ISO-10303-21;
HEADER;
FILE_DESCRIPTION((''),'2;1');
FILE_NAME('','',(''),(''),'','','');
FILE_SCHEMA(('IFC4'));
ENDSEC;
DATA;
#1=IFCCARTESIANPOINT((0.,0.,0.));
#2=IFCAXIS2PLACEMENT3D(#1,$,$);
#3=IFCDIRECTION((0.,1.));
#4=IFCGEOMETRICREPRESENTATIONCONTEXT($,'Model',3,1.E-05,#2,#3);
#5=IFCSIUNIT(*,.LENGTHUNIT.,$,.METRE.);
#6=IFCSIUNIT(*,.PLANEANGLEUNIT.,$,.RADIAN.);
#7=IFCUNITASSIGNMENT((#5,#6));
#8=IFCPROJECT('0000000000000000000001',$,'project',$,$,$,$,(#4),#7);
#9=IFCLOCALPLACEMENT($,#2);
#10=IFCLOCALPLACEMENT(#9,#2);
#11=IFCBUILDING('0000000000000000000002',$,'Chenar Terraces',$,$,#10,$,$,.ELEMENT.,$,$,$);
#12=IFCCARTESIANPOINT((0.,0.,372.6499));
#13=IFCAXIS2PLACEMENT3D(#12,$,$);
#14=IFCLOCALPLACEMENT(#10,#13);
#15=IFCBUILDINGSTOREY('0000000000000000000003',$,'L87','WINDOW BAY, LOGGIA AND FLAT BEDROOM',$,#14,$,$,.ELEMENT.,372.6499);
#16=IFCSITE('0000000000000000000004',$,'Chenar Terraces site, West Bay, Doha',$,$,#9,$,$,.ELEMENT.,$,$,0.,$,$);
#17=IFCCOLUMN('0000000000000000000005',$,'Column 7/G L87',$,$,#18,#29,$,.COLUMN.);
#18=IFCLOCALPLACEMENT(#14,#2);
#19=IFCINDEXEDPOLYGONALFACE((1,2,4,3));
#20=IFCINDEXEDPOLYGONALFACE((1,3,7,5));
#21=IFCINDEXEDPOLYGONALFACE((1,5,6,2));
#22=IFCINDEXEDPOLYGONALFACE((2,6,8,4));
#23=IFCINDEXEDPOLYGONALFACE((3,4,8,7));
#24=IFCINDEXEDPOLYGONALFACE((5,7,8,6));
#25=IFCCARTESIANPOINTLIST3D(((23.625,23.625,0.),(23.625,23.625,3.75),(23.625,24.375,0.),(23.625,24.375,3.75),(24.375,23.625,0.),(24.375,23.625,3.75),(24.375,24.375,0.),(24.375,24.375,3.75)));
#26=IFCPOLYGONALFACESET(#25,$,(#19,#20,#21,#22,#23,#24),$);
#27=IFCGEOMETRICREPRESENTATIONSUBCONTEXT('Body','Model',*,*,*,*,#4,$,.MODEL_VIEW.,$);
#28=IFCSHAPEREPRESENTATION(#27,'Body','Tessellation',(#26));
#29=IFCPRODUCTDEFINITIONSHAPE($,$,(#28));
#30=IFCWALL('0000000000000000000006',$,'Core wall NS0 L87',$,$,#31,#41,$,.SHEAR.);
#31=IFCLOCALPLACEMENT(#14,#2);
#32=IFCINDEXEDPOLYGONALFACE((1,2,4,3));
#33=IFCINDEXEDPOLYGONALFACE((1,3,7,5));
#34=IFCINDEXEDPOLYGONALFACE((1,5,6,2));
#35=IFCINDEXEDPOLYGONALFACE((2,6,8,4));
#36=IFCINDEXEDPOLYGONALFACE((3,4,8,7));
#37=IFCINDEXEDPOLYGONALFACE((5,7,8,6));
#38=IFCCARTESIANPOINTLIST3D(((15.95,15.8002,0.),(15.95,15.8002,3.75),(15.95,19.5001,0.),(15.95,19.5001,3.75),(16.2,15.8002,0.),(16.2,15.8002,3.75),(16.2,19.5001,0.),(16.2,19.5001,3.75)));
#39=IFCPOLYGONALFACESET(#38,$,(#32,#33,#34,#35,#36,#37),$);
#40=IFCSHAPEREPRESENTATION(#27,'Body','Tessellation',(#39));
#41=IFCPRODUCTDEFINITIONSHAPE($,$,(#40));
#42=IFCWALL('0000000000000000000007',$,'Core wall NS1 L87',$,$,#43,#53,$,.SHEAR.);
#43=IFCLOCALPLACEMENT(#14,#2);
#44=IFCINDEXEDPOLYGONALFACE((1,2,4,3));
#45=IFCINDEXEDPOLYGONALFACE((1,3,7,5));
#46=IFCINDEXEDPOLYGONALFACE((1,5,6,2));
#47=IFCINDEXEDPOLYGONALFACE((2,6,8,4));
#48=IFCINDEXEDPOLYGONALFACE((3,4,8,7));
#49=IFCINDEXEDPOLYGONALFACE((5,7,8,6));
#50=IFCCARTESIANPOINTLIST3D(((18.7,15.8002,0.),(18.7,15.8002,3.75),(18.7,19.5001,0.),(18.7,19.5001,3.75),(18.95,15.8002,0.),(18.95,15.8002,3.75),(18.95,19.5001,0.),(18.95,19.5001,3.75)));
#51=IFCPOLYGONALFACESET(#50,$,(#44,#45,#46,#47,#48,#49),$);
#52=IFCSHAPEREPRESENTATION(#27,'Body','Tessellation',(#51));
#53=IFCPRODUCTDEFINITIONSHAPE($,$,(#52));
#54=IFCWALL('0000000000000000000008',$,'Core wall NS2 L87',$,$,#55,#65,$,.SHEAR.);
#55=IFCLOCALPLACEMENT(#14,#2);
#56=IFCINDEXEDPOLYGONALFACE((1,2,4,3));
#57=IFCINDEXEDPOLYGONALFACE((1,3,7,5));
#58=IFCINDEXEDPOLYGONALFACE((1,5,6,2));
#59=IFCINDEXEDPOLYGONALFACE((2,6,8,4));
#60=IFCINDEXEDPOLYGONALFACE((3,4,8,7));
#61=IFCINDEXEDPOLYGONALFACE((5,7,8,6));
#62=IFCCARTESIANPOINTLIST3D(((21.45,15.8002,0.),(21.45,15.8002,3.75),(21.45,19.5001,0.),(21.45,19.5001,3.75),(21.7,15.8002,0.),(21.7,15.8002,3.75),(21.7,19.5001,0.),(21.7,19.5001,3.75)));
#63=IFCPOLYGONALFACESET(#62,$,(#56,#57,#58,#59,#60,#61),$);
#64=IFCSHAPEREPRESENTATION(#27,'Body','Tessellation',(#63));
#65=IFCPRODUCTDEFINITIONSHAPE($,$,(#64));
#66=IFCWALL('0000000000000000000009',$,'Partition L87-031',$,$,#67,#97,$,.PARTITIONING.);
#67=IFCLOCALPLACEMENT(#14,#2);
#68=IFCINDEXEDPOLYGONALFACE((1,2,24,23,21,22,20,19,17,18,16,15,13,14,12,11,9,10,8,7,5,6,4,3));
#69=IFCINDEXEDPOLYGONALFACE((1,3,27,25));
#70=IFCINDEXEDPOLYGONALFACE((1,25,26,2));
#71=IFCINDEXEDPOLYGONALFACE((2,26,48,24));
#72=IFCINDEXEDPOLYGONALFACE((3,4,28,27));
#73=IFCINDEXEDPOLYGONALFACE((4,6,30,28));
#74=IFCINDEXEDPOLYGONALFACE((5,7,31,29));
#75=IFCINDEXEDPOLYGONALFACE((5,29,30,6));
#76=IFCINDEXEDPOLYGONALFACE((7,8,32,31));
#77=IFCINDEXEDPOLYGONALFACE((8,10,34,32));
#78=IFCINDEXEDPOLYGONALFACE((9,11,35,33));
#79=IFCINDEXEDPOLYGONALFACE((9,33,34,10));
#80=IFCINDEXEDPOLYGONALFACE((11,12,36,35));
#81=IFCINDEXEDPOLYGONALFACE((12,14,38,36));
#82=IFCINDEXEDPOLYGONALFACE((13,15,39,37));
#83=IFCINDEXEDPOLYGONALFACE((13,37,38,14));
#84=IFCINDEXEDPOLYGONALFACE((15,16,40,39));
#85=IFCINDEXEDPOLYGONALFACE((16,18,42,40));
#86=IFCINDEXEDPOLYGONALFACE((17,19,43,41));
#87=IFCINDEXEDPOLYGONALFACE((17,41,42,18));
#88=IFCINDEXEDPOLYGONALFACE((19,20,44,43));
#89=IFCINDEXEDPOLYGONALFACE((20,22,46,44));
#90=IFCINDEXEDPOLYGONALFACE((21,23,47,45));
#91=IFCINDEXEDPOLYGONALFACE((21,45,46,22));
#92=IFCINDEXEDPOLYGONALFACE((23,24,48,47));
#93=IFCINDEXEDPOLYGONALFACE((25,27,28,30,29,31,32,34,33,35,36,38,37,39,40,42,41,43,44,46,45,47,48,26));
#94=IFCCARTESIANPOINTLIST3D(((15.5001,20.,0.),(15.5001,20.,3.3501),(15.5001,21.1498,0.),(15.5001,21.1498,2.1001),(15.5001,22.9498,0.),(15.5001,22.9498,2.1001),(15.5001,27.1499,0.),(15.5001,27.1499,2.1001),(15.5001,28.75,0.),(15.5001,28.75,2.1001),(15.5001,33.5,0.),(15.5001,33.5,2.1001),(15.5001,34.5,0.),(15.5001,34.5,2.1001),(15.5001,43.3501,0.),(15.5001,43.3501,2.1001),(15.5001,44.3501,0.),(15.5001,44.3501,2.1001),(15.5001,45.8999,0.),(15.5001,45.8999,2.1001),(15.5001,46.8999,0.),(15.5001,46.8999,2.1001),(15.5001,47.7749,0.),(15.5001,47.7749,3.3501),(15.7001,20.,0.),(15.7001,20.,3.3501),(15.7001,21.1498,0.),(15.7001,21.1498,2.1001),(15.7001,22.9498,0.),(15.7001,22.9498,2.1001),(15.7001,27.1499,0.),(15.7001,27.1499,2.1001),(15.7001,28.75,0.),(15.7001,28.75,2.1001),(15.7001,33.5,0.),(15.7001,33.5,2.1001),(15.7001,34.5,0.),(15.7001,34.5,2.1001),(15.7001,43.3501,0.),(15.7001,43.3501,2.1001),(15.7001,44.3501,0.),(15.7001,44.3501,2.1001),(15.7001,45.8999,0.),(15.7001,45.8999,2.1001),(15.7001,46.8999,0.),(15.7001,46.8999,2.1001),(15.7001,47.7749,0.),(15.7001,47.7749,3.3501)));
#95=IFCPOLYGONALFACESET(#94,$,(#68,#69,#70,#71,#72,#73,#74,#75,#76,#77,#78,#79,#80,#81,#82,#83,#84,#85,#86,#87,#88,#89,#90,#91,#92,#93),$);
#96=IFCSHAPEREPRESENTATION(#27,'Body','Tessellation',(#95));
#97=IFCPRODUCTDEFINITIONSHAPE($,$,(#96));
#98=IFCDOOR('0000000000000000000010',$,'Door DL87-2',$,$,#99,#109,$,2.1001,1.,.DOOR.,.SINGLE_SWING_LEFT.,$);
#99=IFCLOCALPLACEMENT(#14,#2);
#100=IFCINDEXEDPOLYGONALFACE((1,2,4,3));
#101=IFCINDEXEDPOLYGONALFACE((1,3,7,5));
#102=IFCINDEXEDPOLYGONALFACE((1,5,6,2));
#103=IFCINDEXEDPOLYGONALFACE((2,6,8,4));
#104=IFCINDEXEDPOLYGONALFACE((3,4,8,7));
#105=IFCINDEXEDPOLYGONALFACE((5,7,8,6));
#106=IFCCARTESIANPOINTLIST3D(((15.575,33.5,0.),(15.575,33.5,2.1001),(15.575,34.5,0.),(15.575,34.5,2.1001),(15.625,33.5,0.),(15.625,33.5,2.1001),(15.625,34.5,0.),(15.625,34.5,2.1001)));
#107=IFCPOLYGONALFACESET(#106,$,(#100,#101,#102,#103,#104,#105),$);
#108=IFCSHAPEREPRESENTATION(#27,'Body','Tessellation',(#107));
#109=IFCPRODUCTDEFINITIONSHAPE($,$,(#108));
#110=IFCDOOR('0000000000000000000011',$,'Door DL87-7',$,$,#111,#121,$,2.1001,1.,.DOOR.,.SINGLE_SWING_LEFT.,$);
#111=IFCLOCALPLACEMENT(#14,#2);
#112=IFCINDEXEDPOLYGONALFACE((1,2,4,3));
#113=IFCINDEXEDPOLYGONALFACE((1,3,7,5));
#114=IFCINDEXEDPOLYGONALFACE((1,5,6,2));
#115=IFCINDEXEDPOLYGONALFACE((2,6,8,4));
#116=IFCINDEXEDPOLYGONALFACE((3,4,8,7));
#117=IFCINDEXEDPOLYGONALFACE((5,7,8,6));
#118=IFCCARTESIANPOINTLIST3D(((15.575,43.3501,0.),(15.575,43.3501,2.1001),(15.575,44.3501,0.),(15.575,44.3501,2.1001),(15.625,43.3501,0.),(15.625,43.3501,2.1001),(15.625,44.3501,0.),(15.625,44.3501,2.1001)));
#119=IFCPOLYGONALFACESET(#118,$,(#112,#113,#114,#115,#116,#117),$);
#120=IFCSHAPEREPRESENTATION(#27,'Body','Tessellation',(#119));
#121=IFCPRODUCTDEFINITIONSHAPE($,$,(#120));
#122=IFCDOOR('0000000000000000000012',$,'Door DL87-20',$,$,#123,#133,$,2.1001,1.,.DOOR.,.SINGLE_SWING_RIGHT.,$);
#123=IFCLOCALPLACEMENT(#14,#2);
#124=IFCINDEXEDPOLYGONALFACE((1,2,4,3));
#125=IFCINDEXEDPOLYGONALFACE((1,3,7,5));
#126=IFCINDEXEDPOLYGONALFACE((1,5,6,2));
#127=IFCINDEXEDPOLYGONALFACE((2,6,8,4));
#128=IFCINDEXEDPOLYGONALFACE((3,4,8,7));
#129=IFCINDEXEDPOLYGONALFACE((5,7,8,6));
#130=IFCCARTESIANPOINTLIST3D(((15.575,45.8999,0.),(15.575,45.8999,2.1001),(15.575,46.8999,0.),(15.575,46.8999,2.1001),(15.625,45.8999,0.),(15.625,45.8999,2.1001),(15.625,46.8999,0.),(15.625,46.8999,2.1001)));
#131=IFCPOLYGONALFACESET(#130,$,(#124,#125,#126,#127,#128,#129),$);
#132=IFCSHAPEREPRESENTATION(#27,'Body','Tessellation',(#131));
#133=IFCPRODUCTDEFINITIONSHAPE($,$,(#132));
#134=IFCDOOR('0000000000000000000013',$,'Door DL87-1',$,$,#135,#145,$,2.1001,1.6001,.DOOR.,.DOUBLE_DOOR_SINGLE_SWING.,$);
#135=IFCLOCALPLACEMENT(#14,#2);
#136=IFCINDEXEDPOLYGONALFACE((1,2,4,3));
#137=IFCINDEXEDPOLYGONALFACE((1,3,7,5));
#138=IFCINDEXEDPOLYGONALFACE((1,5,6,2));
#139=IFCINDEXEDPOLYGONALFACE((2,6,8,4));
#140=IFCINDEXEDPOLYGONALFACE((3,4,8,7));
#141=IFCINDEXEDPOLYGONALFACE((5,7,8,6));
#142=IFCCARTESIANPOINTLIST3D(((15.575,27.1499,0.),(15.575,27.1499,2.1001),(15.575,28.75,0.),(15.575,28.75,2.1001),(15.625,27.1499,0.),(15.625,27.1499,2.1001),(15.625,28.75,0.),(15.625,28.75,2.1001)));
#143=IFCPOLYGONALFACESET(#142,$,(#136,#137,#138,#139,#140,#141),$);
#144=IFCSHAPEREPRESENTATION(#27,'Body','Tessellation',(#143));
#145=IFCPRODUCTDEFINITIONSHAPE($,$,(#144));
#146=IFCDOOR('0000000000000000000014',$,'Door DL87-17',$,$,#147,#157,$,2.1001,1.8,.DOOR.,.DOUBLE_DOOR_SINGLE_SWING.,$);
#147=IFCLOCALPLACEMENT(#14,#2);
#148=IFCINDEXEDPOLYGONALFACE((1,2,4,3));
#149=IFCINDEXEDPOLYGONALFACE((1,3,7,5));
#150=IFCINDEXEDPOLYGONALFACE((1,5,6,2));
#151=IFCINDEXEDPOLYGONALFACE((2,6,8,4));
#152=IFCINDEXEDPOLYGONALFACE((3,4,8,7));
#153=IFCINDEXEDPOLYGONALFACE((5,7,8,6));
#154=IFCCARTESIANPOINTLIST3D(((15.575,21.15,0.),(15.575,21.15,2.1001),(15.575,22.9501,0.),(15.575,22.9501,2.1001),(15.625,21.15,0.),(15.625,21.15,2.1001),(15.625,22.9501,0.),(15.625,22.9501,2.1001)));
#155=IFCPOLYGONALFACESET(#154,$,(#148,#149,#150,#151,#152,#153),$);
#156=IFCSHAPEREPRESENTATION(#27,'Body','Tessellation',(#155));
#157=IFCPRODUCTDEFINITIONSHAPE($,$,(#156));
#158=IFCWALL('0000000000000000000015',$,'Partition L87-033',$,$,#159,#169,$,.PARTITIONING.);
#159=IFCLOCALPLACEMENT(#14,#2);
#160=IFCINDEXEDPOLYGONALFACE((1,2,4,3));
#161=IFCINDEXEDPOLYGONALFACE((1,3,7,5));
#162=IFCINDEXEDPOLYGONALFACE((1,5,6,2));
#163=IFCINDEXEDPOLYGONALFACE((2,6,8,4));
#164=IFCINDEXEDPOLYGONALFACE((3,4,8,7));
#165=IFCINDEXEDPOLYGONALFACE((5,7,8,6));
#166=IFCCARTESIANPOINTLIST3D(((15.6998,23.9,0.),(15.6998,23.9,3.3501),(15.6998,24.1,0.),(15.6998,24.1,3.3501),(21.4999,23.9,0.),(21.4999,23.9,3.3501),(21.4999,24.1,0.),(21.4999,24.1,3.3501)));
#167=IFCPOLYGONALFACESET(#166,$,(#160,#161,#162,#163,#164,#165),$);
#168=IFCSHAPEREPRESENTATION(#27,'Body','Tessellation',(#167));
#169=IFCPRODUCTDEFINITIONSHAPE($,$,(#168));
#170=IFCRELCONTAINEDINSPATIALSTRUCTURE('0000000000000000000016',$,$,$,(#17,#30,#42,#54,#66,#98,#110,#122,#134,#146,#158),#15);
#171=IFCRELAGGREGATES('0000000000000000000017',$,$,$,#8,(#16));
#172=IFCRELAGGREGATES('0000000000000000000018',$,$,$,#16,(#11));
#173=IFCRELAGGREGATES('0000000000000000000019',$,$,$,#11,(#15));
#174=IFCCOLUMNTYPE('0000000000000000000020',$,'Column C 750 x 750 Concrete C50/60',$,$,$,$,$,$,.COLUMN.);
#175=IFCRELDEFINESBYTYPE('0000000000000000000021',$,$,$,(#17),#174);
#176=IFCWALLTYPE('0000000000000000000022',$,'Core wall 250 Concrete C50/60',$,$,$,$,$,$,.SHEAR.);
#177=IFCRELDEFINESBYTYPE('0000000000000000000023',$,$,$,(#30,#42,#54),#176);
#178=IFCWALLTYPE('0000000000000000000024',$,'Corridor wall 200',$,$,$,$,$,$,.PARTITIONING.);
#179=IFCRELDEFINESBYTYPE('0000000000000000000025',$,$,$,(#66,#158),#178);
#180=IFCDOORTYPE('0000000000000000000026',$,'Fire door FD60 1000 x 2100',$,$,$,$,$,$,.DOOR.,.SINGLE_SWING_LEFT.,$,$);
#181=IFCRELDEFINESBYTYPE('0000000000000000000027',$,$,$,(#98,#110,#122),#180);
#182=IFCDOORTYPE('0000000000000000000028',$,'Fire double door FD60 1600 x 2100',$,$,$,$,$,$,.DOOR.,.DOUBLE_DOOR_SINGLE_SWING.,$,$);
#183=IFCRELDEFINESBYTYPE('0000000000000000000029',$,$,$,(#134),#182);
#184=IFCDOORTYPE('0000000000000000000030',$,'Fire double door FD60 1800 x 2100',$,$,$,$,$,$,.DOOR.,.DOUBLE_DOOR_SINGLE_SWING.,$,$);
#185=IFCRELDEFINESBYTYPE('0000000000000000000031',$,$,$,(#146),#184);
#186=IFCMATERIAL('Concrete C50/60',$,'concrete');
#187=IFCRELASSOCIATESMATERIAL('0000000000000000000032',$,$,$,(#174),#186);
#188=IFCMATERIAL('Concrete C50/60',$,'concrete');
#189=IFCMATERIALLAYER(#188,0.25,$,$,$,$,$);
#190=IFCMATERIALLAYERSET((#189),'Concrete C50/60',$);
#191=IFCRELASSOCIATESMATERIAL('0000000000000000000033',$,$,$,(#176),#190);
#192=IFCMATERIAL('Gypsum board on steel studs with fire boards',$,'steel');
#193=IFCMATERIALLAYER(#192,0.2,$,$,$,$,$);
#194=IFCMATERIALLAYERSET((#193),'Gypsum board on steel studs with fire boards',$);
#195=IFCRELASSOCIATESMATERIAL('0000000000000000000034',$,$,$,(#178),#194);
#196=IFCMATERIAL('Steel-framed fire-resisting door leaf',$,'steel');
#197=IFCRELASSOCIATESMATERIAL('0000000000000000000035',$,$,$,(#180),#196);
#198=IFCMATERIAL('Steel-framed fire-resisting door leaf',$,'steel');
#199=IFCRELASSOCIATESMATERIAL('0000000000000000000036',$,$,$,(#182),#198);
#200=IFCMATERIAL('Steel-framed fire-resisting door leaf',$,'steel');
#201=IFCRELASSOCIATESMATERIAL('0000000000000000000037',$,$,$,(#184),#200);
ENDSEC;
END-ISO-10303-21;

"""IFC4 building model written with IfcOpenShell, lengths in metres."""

from ifc_helpers import new_model, si_unit, direction, frame, frame_2d, origin, origin_2d, place, context, subcontext, project, spatial, rectangle, extrude, material, layer, layer_set, material_profile, profile_set, type_object, element, fill, save


model = new_model("IFC4")

# Units and contexts
model_context = context("Model", 3, precision=1e-05, world=origin(), true_north=direction((0.0, 1.0)))
body_context = subcontext(model_context, "Body", "Model", "MODEL_VIEW")
ifc_project = project(units=[si_unit("LENGTHUNIT", "METRE"), si_unit("PLANEANGLEUNIT", "RADIAN")], contexts=[model_context])

# Site, building, storey
site_placement = place(None, origin())
site = spatial("IfcSite", under=ifc_project, at=site_placement, Name="Chenar Terraces site, West Bay, Doha", CompositionType="ELEMENT", RefElevation=0.0)
building_placement = place(site_placement, origin())
building = spatial("IfcBuilding", under=site, at=building_placement, Name="Chenar Terraces", CompositionType="ELEMENT")
storey_placement = place(building_placement, frame((0.0, 0.0, 372.6499)))
storey = spatial("IfcBuildingStorey", under=building, at=storey_placement, Name="L87", Description="WINDOW BAY, LOGGIA AND FLAT BEDROOM", CompositionType="ELEMENT", Elevation=372.6499)

# Column
ifc_material_1 = material(Name="Concrete C50/60", Category="concrete")
ifc_material_profile = material_profile(ifc_material_1, rectangle(XDim=0.75, YDim=0.75, at=origin_2d()), Name="C 750 x 750")
ifc_profile_set = profile_set([ifc_material_profile], Name="Concrete C50/60")
column_type = type_object("IfcColumnType", Name="Column C 750 x 750 Concrete C50/60", PredefinedType="COLUMN", material=ifc_profile_set)
column_placement = place(storey_placement, frame((24.0, 24.0, 0.0), z_axis=(0.0, 0.0, 1.0), x_axis=(1.0, 0.0, 0.0)))
element("IfcColumn", 1, at=column_placement, inside=storey, type_object=column_type, Name="Column 7/G L87", PredefinedType="COLUMN", context=body_context, shape_type="SweptSolid", body=[
    extrude(rectangle(XDim=0.75, YDim=0.75, at=origin_2d()), origin(), (0.0, 0.0, 1.0), 3.75),
])

# Walls
ifc_material_2 = material(Name="Concrete C50/60", Category="concrete")
ifc_layer_1 = layer(ifc_material_2, 0.25)
ifc_layer_set_1 = layer_set([ifc_layer_1], Name="Concrete C50/60")
wall_type_1 = type_object("IfcWallType", Name="Core wall 250 Concrete C50/60", PredefinedType="SHEAR", material=ifc_layer_set_1)
for number, where, z_axis, x_axis, name in (
    (2, (16.075, 15.8, 0.0), (0.0, 0.0, 1.0), (0.0, 1.0, 0.0), "Core wall NS0 L87"),
    (3, (18.825, 15.8, 0.0), (0.0, 0.0, 1.0), (0.0, 1.0, 0.0), "Core wall NS1 L87"),
    (4, (21.575, 15.8, 0.0), (0.0, 0.0, 1.0), (0.0, 1.0, 0.0), "Core wall NS2 L87"),
):
    element("IfcWall", number, at=place(storey_placement, frame(where, z_axis=z_axis, x_axis=x_axis)), inside=storey, type_object=wall_type_1, Name=name, PredefinedType="SHEAR", context=body_context, shape_type="SweptSolid", body=[
        extrude(rectangle(XDim=3.7, YDim=0.25, at=frame_2d((1.8501, 0.0))), origin(), (0.0, 0.0, 1.0), 3.75),
    ])

# Wall, openings, doors
ifc_material_3 = material(Name="Gypsum board on steel studs with fire boards", Category="steel")
ifc_layer_2 = layer(ifc_material_3, 0.2)
ifc_layer_set_2 = layer_set([ifc_layer_2], Name="Gypsum board on steel studs with fire boards")
wall_type_2 = type_object("IfcWallType", Name="Corridor wall 200", PredefinedType="PARTITIONING", material=ifc_layer_set_2)
wall_1_placement = place(storey_placement, frame((15.6001, 20.0, 0.0), z_axis=(0.0, 0.0, 1.0), x_axis=(0.0, 1.0, 0.0)))
wall_1 = element("IfcWall", 5, at=wall_1_placement, inside=storey, type_object=wall_type_2, Name="Partition L87-031", PredefinedType="PARTITIONING", context=body_context, shape_type="SweptSolid", body=[
    extrude(rectangle(XDim=27.7749, YDim=0.2, at=frame_2d((13.8875, 0.0))), origin(), (0.0, 0.0, 1.0), 3.3501),
])
opening_1_placement = place(wall_1_placement, frame((7.1499, 0.0, 0.0)))
opening_1 = element("IfcOpeningElement", 6, at=opening_1_placement, cuts=wall_1, PredefinedType="OPENING", context=body_context, shape_type="SweptSolid", body=[
    extrude(rectangle(XDim=1.6001, YDim=2.1001, at=frame_2d((0.8, 1.05))), frame((0.0, 0.1099, 0.0), z_axis=(0.0, -1.0, 0.0), x_axis=(1.0, 0.0, 0.0)), (0.0, 0.0, 1.0), 0.22),
])
opening_2_placement = place(wall_1_placement, frame((13.5, 0.0, 0.0)))
opening_2 = element("IfcOpeningElement", 7, at=opening_2_placement, cuts=wall_1, PredefinedType="OPENING", context=body_context, shape_type="SweptSolid", body=[
    extrude(rectangle(XDim=1.0, YDim=2.1001, at=frame_2d((0.5, 1.05))), frame((0.0, 0.1099, 0.0), z_axis=(0.0, -1.0, 0.0), x_axis=(1.0, 0.0, 0.0)), (0.0, 0.0, 1.0), 0.22),
])
opening_3_placement = place(wall_1_placement, frame((23.3501, 0.0, 0.0)))
opening_3 = element("IfcOpeningElement", 8, at=opening_3_placement, cuts=wall_1, PredefinedType="OPENING", context=body_context, shape_type="SweptSolid", body=[
    extrude(rectangle(XDim=1.0, YDim=2.1001, at=frame_2d((0.5, 1.05))), frame((0.0, 0.1099, 0.0), z_axis=(0.0, -1.0, 0.0), x_axis=(1.0, 0.0, 0.0)), (0.0, 0.0, 1.0), 0.22),
])
opening_4_placement = place(wall_1_placement, frame((1.1499, 0.0, 0.0)))
opening_4 = element("IfcOpeningElement", 9, at=opening_4_placement, cuts=wall_1, PredefinedType="OPENING", context=body_context, shape_type="SweptSolid", body=[
    extrude(rectangle(XDim=1.8, YDim=2.1001, at=frame_2d((0.8999, 1.05))), frame((0.0, 0.1099, 0.0), z_axis=(0.0, -1.0, 0.0), x_axis=(1.0, 0.0, 0.0)), (0.0, 0.0, 1.0), 0.22),
])
opening_5_placement = place(wall_1_placement, frame((25.8999, 0.0, 0.0)))
opening_5 = element("IfcOpeningElement", 10, at=opening_5_placement, cuts=wall_1, PredefinedType="OPENING", context=body_context, shape_type="SweptSolid", body=[
    extrude(rectangle(XDim=1.0, YDim=2.1001, at=frame_2d((0.5, 1.05))), frame((0.0, 0.1099, 0.0), z_axis=(0.0, -1.0, 0.0), x_axis=(1.0, 0.0, 0.0)), (0.0, 0.0, 1.0), 0.22),
])
ifc_material_4 = material(Name="Steel-framed fire-resisting door leaf", Category="steel")
door_type_1 = type_object("IfcDoorType", Name="Fire door FD60 1000 x 2100", OperationType="SINGLE_SWING_LEFT", PredefinedType="DOOR", material=ifc_material_4)
door_1_placement = place(opening_2_placement, frame((1.0, 0.0, 0.0), z_axis=(0.0, 0.0, 1.0), x_axis=(-1.0, 0.0, 0.0)))
door_1 = element("IfcDoor", 11, at=door_1_placement, inside=storey, type_object=door_type_1, Name="Door DL87-2", OperationType="SINGLE_SWING_LEFT", OverallHeight=2.1001, OverallWidth=1.0, PredefinedType="DOOR", context=body_context, shape_type="SweptSolid", body=[
    extrude(rectangle(XDim=1.0, YDim=2.1001, at=frame_2d((0.5, 1.05))), frame((0.0, 0.0249, 0.0), z_axis=(0.0, -1.0, 0.0), x_axis=(1.0, 0.0, 0.0)), (0.0, 0.0, 1.0), 0.05),
])
fill(opening_2, door_1)
door_2_placement = place(opening_3_placement, frame((1.0, 0.0, 0.0), z_axis=(0.0, 0.0, 1.0), x_axis=(-1.0, 0.0, 0.0)))
door_2 = element("IfcDoor", 12, at=door_2_placement, inside=storey, type_object=door_type_1, Name="Door DL87-7", OperationType="SINGLE_SWING_LEFT", OverallHeight=2.1001, OverallWidth=1.0, PredefinedType="DOOR", context=body_context, shape_type="SweptSolid", body=[
    extrude(rectangle(XDim=1.0, YDim=2.1001, at=frame_2d((0.5, 1.05))), frame((0.0, 0.0249, 0.0), z_axis=(0.0, -1.0, 0.0), x_axis=(1.0, 0.0, 0.0)), (0.0, 0.0, 1.0), 0.05),
])
fill(opening_3, door_2)
door_3_placement = place(opening_5_placement, frame((1.0, 0.0, 0.0), z_axis=(0.0, 0.0, 1.0), x_axis=(-1.0, 0.0, 0.0)))
door_3 = element("IfcDoor", 13, at=door_3_placement, inside=storey, type_object=door_type_1, Name="Door DL87-20", OperationType="SINGLE_SWING_RIGHT", OverallHeight=2.1001, OverallWidth=1.0, PredefinedType="DOOR", context=body_context, shape_type="SweptSolid", body=[
    extrude(rectangle(XDim=1.0, YDim=2.1001, at=frame_2d((0.5, 1.05))), frame((0.0, 0.0249, 0.0), z_axis=(0.0, -1.0, 0.0), x_axis=(1.0, 0.0, 0.0)), (0.0, 0.0, 1.0), 0.05),
])
fill(opening_5, door_3)
ifc_material_5 = material(Name="Steel-framed fire-resisting door leaf", Category="steel")
door_type_2 = type_object("IfcDoorType", Name="Fire double door FD60 1600 x 2100", OperationType="DOUBLE_DOOR_SINGLE_SWING", PredefinedType="DOOR", material=ifc_material_5)
door_4_placement = place(opening_1_placement, frame((1.6001, 0.0, 0.0), z_axis=(0.0, 0.0, 1.0), x_axis=(-1.0, 0.0, 0.0)))
door_4 = element("IfcDoor", 14, at=door_4_placement, inside=storey, type_object=door_type_2, Name="Door DL87-1", OperationType="DOUBLE_DOOR_SINGLE_SWING", OverallHeight=2.1001, OverallWidth=1.6001, PredefinedType="DOOR", context=body_context, shape_type="SweptSolid", body=[
    extrude(rectangle(XDim=1.6001, YDim=2.1001, at=frame_2d((0.8, 1.05))), frame((0.0, 0.0249, 0.0), z_axis=(0.0, -1.0, 0.0), x_axis=(1.0, 0.0, 0.0)), (0.0, 0.0, 1.0), 0.05),
])
fill(opening_1, door_4)
ifc_material_6 = material(Name="Steel-framed fire-resisting door leaf", Category="steel")
door_type_3 = type_object("IfcDoorType", Name="Fire double door FD60 1800 x 2100", OperationType="DOUBLE_DOOR_SINGLE_SWING", PredefinedType="DOOR", material=ifc_material_6)
door_5_placement = place(opening_4_placement, frame((1.8, 0.0, 0.0), z_axis=(0.0, 0.0, 1.0), x_axis=(-1.0, 0.0, 0.0)))
door_5 = element("IfcDoor", 15, at=door_5_placement, inside=storey, type_object=door_type_3, Name="Door DL87-17", OperationType="DOUBLE_DOOR_SINGLE_SWING", OverallHeight=2.1001, OverallWidth=1.8, PredefinedType="DOOR", context=body_context, shape_type="SweptSolid", body=[
    extrude(rectangle(XDim=1.8, YDim=2.1001, at=frame_2d((0.8999, 1.05))), frame((0.0, 0.0249, 0.0), z_axis=(0.0, -1.0, 0.0), x_axis=(1.0, 0.0, 0.0)), (0.0, 0.0, 1.0), 0.05),
])
fill(opening_4, door_5)

# Wall
wall_2_placement = place(storey_placement, frame((15.7, 24.0, 0.0), z_axis=(0.0, 0.0, 1.0), x_axis=(1.0, 0.0, 0.0)))
element("IfcWall", 16, at=wall_2_placement, inside=storey, type_object=wall_type_2, Name="Partition L87-033", PredefinedType="PARTITIONING", context=body_context, shape_type="SweptSolid", body=[
    extrude(rectangle(XDim=5.8, YDim=0.2, at=frame_2d((2.8999, 0.0))), origin(), (0.0, 0.0, 1.0), 3.3501),
])

save(model, "model.ifc")
